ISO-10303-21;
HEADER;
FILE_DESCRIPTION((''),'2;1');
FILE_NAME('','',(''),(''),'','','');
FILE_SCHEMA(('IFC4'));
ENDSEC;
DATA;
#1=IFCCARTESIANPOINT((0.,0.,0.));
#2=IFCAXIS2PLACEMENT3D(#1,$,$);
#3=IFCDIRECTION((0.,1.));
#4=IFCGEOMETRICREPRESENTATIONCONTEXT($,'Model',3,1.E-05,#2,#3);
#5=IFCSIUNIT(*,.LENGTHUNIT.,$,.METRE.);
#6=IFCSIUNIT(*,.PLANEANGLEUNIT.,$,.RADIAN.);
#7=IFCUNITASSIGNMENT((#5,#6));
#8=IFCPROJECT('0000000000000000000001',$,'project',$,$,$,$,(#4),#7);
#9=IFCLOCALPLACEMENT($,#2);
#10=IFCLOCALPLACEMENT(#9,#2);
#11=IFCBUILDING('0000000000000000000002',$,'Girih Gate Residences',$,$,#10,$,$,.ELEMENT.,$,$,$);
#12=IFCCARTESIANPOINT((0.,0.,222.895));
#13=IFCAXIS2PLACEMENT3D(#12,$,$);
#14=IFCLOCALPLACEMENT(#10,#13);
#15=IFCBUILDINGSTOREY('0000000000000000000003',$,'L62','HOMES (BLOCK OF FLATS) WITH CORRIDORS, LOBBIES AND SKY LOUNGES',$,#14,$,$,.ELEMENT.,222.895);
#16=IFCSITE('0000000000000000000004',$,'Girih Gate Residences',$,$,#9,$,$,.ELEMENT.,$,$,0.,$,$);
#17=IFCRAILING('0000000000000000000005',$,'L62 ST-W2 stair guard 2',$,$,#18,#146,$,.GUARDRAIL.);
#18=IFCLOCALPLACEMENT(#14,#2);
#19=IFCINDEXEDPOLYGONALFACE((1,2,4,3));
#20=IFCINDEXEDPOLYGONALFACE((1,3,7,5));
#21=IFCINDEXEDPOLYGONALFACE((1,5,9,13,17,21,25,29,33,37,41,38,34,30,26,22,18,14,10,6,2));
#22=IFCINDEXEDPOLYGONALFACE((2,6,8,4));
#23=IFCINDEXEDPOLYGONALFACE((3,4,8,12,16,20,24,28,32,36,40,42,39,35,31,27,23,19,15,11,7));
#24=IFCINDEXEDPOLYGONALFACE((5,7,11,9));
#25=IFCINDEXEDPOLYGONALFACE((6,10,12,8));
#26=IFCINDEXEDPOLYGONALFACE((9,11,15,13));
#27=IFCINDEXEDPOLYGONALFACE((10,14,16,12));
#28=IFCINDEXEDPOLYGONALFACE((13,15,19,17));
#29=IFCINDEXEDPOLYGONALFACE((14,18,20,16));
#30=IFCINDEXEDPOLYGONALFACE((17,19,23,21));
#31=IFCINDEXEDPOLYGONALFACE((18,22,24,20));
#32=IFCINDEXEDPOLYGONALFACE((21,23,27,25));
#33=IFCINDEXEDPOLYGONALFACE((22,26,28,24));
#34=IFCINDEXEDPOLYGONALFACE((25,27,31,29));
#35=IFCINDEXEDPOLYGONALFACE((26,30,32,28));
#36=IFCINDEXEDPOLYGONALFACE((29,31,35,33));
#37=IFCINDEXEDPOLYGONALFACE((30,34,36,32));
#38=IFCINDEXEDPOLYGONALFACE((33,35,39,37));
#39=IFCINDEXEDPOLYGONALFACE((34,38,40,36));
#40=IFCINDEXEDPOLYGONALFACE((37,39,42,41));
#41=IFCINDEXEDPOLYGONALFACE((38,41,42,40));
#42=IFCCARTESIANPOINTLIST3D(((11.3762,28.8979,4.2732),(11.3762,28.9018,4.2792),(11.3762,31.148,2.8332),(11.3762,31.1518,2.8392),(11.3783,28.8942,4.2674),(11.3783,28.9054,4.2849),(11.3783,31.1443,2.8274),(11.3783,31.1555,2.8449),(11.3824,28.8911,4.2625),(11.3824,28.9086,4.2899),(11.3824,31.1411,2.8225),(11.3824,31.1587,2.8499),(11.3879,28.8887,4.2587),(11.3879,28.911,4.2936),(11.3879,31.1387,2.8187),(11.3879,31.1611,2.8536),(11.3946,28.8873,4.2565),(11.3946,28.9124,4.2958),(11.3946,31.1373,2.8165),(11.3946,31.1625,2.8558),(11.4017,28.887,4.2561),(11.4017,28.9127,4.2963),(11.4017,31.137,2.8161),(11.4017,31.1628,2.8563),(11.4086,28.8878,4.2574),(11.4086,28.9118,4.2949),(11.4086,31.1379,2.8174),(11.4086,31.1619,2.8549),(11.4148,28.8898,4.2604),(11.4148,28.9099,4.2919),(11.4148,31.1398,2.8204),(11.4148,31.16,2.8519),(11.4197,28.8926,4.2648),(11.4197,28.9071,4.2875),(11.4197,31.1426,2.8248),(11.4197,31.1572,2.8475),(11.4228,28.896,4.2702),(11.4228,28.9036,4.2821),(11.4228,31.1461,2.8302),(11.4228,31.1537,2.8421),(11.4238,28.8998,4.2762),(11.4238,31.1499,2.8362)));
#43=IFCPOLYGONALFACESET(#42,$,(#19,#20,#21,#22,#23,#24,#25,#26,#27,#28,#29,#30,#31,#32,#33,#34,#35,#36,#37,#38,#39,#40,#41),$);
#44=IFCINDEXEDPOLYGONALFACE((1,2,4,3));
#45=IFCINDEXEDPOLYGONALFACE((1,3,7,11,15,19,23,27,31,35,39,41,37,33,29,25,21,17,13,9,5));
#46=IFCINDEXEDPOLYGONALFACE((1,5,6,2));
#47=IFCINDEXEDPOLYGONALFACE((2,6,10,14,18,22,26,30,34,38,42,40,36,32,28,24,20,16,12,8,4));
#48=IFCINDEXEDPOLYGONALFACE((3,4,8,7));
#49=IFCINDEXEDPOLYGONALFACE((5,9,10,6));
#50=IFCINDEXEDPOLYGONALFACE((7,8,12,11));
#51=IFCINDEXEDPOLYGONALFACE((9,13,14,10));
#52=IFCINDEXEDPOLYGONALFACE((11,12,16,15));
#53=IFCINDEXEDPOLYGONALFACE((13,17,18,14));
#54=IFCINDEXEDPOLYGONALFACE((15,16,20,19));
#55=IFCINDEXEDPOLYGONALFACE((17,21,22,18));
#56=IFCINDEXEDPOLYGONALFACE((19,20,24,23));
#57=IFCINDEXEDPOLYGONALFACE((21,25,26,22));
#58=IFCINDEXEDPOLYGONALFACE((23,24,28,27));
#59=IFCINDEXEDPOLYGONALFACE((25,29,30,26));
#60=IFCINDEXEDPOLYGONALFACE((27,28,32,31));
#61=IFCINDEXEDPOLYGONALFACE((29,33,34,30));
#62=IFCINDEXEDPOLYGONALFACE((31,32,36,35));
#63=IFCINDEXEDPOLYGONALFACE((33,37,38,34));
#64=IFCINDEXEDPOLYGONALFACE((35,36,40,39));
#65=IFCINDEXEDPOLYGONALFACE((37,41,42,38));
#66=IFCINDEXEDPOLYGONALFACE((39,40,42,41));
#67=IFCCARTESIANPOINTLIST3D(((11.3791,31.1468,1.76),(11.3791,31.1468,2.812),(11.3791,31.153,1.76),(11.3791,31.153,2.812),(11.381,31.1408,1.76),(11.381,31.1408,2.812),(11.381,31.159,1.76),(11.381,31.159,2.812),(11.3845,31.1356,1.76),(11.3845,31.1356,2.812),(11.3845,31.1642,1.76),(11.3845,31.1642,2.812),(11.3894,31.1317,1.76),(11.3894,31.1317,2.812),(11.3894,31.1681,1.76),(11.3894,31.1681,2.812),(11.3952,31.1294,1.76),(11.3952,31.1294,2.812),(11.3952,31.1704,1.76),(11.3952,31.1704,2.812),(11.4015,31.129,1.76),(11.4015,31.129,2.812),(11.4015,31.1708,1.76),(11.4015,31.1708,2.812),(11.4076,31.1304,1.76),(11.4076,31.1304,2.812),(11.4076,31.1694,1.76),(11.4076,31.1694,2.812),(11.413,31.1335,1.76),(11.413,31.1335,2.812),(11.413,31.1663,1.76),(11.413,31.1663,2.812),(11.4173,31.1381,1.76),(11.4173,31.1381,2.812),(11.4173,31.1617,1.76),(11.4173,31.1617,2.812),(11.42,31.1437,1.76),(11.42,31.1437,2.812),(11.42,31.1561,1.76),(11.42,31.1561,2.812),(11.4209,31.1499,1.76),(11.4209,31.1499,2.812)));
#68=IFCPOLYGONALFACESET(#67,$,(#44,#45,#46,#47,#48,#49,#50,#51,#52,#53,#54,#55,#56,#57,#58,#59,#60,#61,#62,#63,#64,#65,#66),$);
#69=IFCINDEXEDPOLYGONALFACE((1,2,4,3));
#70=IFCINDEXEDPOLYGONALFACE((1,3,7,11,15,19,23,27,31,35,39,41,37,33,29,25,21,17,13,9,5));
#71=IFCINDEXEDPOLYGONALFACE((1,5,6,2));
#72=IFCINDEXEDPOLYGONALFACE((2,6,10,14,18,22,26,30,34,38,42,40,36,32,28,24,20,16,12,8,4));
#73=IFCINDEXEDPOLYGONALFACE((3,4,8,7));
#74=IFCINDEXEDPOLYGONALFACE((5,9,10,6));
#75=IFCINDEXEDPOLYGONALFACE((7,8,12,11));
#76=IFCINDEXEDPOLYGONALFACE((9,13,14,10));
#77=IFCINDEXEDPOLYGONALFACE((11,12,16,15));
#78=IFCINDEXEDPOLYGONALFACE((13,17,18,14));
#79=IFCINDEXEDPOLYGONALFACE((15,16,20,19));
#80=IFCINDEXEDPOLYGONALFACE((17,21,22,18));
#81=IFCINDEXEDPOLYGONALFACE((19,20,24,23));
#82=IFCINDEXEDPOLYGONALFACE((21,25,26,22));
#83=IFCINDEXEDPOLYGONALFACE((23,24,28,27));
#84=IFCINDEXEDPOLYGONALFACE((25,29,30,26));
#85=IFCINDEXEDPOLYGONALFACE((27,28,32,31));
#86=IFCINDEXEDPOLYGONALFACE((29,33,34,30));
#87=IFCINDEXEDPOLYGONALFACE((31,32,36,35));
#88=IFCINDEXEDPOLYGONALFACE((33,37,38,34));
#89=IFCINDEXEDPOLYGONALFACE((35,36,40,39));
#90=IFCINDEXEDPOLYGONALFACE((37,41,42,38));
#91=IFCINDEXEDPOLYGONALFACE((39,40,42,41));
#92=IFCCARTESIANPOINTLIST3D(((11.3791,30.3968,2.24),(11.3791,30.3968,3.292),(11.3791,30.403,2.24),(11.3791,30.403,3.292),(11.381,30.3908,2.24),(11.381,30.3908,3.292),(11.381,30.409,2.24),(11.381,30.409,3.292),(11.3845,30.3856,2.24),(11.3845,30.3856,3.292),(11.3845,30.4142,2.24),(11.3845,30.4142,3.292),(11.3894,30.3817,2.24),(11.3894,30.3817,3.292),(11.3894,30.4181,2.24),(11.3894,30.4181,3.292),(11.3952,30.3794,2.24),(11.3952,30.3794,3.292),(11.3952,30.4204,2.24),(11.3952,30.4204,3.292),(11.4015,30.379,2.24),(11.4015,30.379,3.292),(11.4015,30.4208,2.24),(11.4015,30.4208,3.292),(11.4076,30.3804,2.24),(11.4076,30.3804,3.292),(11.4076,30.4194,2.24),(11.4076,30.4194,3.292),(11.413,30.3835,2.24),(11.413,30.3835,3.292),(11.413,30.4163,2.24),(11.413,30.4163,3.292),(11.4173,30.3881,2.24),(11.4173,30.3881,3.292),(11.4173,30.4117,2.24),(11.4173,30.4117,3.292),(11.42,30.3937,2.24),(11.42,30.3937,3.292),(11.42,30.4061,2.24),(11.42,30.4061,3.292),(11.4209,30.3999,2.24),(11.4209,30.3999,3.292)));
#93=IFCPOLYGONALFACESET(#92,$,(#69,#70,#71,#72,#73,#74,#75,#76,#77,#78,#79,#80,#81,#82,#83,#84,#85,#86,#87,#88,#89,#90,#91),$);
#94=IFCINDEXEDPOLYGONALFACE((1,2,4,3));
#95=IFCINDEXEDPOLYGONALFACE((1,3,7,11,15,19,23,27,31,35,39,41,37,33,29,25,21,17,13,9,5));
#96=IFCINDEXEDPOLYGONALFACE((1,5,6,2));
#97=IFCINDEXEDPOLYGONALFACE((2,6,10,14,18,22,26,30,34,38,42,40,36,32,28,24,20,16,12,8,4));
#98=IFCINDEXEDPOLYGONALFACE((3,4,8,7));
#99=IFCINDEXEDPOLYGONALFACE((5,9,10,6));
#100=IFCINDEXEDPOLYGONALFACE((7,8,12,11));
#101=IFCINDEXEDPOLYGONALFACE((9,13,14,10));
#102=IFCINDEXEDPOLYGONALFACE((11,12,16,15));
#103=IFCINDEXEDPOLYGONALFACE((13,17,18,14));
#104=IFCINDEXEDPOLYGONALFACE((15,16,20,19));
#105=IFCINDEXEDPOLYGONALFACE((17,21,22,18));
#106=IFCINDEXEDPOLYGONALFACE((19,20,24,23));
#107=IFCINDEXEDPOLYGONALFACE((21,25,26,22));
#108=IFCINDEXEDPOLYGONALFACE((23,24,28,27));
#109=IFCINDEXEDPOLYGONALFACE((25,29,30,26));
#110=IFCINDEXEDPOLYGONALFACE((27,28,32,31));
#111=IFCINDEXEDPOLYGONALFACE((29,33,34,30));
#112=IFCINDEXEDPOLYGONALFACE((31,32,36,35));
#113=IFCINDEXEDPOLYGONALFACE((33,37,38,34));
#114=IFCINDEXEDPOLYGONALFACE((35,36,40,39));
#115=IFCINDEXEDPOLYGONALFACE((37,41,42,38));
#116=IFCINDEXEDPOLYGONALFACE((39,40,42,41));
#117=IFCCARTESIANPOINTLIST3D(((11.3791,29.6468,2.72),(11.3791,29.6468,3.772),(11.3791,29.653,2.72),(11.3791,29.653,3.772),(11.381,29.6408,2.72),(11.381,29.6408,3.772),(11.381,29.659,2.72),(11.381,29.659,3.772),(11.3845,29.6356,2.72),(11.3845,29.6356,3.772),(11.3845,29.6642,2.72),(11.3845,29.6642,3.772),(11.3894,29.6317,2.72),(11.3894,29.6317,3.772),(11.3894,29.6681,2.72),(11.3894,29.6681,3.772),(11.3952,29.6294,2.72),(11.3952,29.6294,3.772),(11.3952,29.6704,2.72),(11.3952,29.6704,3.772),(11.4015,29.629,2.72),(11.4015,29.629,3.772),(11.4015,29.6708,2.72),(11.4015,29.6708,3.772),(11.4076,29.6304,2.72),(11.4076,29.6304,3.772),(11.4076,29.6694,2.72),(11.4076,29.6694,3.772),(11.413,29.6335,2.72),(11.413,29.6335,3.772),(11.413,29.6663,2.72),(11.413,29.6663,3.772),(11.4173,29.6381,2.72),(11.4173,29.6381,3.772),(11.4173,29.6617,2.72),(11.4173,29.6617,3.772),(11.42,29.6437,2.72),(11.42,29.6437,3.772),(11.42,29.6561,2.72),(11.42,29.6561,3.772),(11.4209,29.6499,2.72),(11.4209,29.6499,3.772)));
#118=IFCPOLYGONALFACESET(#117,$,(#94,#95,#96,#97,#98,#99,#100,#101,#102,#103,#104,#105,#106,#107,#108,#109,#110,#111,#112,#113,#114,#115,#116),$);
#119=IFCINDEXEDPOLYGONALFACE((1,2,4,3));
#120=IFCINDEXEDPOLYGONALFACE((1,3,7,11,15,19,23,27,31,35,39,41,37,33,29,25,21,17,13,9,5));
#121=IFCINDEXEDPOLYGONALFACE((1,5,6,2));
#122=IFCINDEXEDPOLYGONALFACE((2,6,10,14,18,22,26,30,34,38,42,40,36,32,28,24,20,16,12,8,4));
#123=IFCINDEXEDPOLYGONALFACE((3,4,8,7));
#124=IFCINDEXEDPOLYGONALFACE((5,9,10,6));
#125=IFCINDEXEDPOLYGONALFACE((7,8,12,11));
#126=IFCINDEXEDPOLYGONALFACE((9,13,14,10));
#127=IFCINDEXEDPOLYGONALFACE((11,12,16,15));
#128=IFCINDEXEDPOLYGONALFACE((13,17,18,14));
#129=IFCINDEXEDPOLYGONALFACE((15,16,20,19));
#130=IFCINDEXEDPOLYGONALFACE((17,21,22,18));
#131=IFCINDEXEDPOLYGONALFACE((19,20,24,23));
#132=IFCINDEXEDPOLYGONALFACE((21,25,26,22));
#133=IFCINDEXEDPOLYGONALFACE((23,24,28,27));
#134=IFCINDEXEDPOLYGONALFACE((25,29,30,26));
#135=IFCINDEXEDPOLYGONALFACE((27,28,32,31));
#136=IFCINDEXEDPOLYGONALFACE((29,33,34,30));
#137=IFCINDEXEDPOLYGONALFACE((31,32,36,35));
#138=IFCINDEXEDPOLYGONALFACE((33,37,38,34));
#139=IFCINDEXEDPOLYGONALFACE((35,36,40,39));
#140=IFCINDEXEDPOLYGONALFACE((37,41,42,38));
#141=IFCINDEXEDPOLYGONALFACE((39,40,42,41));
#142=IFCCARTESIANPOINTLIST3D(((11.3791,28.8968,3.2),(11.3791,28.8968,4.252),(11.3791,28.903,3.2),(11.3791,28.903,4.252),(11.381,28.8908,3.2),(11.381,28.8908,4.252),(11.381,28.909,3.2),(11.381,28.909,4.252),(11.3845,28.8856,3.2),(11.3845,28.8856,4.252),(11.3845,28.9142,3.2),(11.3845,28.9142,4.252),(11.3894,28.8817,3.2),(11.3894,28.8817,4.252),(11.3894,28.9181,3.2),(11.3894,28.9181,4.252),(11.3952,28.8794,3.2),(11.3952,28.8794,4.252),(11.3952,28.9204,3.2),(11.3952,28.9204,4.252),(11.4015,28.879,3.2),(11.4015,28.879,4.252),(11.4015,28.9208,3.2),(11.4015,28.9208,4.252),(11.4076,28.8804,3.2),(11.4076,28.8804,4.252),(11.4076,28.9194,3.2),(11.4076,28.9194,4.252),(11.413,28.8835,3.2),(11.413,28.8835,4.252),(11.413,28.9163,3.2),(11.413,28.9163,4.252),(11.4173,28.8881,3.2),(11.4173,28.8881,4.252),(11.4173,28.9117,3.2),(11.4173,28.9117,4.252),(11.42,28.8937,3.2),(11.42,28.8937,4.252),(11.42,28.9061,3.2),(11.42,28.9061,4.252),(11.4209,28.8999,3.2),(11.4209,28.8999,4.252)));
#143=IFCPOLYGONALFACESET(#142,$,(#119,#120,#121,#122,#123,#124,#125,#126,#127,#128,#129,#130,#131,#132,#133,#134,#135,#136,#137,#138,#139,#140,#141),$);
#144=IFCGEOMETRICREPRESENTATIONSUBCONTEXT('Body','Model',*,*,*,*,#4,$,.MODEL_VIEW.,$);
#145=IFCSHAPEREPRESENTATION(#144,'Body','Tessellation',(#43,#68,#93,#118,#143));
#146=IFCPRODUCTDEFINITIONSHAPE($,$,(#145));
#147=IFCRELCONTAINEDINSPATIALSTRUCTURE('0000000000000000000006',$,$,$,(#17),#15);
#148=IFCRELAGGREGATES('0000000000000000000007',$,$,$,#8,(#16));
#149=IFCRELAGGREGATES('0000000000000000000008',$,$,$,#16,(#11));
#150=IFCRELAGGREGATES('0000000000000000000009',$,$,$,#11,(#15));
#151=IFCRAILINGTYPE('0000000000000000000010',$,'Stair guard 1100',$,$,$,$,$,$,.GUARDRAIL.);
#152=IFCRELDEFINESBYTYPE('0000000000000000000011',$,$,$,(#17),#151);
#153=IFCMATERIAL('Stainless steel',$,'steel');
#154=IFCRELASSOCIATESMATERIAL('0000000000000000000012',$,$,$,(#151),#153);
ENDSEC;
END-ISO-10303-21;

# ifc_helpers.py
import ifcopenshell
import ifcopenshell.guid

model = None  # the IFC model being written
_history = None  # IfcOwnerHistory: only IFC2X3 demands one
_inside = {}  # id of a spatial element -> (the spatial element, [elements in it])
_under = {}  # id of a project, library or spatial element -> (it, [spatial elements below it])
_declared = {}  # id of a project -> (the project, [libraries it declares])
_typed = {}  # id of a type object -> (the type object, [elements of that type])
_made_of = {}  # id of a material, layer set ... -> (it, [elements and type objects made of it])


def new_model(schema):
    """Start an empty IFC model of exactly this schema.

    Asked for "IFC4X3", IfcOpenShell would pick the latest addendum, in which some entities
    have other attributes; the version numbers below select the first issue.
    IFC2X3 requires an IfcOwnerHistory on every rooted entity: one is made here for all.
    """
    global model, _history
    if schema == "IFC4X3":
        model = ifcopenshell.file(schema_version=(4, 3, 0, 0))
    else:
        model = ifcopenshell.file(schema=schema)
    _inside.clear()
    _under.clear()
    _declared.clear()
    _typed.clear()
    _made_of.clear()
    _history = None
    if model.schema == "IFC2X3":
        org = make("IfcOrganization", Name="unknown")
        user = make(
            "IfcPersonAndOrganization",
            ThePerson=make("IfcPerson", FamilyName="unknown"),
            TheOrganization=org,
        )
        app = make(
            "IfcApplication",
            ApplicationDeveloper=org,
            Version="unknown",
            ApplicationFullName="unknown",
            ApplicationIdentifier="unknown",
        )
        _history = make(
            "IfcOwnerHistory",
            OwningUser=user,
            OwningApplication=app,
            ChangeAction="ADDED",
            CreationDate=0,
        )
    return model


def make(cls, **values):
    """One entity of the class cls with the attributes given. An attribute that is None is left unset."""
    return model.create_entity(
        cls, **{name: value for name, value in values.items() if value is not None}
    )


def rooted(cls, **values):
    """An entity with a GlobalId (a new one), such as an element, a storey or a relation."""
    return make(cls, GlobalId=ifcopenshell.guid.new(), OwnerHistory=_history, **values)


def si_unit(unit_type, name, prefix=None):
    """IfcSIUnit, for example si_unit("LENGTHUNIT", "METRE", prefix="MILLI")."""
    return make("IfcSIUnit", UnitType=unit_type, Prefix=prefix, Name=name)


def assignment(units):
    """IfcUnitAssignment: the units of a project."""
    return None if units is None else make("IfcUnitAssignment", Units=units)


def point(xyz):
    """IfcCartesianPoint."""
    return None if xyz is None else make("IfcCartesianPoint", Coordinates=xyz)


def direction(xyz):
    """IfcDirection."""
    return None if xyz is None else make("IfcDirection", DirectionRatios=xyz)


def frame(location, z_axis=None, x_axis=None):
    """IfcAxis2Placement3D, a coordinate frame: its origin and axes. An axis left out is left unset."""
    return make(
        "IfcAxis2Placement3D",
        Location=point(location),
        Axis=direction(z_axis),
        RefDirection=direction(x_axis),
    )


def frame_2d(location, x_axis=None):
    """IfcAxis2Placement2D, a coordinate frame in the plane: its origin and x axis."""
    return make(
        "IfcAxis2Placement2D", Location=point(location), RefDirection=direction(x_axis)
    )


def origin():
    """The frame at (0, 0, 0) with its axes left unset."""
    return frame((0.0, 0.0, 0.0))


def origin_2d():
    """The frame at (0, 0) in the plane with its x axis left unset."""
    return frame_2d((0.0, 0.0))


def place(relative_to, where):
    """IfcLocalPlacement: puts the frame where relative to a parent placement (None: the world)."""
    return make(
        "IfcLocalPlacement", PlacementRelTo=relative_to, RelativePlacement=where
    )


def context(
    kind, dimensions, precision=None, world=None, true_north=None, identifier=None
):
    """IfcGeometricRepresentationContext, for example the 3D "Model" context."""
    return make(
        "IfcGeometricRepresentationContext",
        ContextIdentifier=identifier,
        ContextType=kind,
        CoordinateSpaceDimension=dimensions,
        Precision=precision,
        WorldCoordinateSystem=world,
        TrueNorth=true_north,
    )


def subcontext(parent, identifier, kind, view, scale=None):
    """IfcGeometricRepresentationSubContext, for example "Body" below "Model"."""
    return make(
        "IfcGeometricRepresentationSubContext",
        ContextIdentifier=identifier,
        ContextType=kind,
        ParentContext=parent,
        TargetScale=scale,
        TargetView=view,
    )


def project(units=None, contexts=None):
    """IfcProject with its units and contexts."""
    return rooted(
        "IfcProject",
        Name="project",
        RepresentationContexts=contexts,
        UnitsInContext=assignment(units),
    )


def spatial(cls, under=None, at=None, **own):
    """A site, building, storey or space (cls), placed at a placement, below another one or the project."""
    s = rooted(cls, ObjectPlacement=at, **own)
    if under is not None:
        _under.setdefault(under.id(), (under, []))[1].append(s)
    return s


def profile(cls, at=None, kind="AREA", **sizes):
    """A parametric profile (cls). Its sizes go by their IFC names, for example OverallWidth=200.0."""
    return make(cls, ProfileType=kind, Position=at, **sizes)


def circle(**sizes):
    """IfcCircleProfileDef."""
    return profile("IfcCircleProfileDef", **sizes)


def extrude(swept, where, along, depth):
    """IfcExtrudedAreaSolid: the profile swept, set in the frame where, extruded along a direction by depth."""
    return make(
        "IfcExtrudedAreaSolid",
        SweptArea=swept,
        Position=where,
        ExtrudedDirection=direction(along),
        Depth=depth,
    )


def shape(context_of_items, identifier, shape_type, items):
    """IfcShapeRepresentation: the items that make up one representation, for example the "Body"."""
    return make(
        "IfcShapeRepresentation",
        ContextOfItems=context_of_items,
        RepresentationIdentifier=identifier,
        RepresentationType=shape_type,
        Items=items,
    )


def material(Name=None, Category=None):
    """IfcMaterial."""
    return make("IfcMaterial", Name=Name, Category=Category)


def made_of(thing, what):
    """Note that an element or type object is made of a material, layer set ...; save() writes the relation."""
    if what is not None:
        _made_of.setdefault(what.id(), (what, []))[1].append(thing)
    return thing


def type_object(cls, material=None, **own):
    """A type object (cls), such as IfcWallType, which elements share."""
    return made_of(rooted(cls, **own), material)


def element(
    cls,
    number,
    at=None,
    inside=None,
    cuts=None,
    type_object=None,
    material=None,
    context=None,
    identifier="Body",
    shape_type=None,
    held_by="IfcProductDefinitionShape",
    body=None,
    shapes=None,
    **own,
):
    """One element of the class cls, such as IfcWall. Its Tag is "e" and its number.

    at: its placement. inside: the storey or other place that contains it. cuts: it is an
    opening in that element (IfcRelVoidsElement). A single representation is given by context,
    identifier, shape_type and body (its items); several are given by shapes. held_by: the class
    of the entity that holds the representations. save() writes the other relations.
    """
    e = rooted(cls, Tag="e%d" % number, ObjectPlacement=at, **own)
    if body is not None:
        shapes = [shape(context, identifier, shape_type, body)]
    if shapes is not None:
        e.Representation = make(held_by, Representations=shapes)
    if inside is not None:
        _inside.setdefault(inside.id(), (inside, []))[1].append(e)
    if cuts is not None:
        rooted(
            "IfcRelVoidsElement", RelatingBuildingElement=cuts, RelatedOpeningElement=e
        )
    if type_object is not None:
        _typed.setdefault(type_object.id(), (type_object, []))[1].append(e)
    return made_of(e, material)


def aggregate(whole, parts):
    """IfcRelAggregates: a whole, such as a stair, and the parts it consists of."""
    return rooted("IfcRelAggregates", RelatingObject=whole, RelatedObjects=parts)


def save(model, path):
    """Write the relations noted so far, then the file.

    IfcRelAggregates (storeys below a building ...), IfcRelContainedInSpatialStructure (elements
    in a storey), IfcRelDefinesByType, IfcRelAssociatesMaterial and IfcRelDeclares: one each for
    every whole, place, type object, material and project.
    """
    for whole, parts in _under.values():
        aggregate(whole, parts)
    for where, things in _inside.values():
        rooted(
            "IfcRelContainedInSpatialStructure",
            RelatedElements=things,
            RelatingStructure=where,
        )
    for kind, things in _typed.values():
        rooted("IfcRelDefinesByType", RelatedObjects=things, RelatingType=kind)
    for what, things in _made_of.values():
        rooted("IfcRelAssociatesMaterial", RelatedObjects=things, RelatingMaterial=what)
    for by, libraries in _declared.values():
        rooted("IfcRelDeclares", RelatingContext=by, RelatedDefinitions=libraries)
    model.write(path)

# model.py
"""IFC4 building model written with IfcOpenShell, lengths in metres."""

from ifc_helpers import new_model, si_unit, direction, frame, origin, origin_2d, place, context, subcontext, project, spatial, circle, extrude, material, type_object, element, save


model = new_model("IFC4")

# Units and contexts
model_context = context("Model", 3, precision=1e-05, world=origin(), true_north=direction((0.0, 1.0)))
body_context = subcontext(model_context, "Body", "Model", "MODEL_VIEW")
ifc_project = project(units=[si_unit("LENGTHUNIT", "METRE"), si_unit("PLANEANGLEUNIT", "RADIAN")], contexts=[model_context])

# Site, building, storey
site_placement = place(None, origin())
site = spatial("IfcSite", under=ifc_project, at=site_placement, Name="Girih Gate Residences", CompositionType="ELEMENT", RefElevation=0.0)
building_placement = place(site_placement, origin())
building = spatial("IfcBuilding", under=site, at=building_placement, Name="Girih Gate Residences", CompositionType="ELEMENT")
storey_placement = place(building_placement, frame((0.0, 0.0, 222.895)))
storey = spatial("IfcBuildingStorey", under=building, at=storey_placement, Name="L62", Description="HOMES (BLOCK OF FLATS) WITH CORRIDORS, LOBBIES AND SKY LOUNGES", CompositionType="ELEMENT", Elevation=222.895)

# Railing
ifc_material_1 = material(Name="Stainless steel", Category="steel")
railing_type_1 = type_object("IfcRailingType", Name="Stair guard 1100", PredefinedType="GUARDRAIL", material=ifc_material_1)
railing_1_placement = place(storey_placement, frame((11.3999, 31.1499, 1.76)))
element("IfcRailing", 1, at=railing_1_placement, inside=storey, type_object=railing_type_1, Name="L62 ST-W2 stair guard 2", PredefinedType="GUARDRAIL", context=body_context, shape_type="SweptSolid", body=[
    extrude(circle(Radius=0.0239, at=origin_2d()), frame((0.0, 0.0, 1.0762), z_axis=(0.0, -0.842281, 0.539038), x_axis=(1.0, 0.0, 0.0)), (0.0, 0.0, 1.0), 2.6714),
    extrude(circle(Radius=0.021, at=origin_2d()), origin(), (0.0, 0.0, 1.0), 1.052),
    extrude(circle(Radius=0.021, at=origin_2d()), frame((0.0, -0.75, 0.48)), (0.0, 0.0, 1.0), 1.052),
    extrude(circle(Radius=0.021, at=origin_2d()), frame((0.0, -1.5, 0.96)), (0.0, 0.0, 1.0), 1.052),
    extrude(circle(Radius=0.021, at=origin_2d()), frame((0.0, -2.25, 1.4399)), (0.0, 0.0, 1.0), 1.052),
])

save(model, "model.ifc")
